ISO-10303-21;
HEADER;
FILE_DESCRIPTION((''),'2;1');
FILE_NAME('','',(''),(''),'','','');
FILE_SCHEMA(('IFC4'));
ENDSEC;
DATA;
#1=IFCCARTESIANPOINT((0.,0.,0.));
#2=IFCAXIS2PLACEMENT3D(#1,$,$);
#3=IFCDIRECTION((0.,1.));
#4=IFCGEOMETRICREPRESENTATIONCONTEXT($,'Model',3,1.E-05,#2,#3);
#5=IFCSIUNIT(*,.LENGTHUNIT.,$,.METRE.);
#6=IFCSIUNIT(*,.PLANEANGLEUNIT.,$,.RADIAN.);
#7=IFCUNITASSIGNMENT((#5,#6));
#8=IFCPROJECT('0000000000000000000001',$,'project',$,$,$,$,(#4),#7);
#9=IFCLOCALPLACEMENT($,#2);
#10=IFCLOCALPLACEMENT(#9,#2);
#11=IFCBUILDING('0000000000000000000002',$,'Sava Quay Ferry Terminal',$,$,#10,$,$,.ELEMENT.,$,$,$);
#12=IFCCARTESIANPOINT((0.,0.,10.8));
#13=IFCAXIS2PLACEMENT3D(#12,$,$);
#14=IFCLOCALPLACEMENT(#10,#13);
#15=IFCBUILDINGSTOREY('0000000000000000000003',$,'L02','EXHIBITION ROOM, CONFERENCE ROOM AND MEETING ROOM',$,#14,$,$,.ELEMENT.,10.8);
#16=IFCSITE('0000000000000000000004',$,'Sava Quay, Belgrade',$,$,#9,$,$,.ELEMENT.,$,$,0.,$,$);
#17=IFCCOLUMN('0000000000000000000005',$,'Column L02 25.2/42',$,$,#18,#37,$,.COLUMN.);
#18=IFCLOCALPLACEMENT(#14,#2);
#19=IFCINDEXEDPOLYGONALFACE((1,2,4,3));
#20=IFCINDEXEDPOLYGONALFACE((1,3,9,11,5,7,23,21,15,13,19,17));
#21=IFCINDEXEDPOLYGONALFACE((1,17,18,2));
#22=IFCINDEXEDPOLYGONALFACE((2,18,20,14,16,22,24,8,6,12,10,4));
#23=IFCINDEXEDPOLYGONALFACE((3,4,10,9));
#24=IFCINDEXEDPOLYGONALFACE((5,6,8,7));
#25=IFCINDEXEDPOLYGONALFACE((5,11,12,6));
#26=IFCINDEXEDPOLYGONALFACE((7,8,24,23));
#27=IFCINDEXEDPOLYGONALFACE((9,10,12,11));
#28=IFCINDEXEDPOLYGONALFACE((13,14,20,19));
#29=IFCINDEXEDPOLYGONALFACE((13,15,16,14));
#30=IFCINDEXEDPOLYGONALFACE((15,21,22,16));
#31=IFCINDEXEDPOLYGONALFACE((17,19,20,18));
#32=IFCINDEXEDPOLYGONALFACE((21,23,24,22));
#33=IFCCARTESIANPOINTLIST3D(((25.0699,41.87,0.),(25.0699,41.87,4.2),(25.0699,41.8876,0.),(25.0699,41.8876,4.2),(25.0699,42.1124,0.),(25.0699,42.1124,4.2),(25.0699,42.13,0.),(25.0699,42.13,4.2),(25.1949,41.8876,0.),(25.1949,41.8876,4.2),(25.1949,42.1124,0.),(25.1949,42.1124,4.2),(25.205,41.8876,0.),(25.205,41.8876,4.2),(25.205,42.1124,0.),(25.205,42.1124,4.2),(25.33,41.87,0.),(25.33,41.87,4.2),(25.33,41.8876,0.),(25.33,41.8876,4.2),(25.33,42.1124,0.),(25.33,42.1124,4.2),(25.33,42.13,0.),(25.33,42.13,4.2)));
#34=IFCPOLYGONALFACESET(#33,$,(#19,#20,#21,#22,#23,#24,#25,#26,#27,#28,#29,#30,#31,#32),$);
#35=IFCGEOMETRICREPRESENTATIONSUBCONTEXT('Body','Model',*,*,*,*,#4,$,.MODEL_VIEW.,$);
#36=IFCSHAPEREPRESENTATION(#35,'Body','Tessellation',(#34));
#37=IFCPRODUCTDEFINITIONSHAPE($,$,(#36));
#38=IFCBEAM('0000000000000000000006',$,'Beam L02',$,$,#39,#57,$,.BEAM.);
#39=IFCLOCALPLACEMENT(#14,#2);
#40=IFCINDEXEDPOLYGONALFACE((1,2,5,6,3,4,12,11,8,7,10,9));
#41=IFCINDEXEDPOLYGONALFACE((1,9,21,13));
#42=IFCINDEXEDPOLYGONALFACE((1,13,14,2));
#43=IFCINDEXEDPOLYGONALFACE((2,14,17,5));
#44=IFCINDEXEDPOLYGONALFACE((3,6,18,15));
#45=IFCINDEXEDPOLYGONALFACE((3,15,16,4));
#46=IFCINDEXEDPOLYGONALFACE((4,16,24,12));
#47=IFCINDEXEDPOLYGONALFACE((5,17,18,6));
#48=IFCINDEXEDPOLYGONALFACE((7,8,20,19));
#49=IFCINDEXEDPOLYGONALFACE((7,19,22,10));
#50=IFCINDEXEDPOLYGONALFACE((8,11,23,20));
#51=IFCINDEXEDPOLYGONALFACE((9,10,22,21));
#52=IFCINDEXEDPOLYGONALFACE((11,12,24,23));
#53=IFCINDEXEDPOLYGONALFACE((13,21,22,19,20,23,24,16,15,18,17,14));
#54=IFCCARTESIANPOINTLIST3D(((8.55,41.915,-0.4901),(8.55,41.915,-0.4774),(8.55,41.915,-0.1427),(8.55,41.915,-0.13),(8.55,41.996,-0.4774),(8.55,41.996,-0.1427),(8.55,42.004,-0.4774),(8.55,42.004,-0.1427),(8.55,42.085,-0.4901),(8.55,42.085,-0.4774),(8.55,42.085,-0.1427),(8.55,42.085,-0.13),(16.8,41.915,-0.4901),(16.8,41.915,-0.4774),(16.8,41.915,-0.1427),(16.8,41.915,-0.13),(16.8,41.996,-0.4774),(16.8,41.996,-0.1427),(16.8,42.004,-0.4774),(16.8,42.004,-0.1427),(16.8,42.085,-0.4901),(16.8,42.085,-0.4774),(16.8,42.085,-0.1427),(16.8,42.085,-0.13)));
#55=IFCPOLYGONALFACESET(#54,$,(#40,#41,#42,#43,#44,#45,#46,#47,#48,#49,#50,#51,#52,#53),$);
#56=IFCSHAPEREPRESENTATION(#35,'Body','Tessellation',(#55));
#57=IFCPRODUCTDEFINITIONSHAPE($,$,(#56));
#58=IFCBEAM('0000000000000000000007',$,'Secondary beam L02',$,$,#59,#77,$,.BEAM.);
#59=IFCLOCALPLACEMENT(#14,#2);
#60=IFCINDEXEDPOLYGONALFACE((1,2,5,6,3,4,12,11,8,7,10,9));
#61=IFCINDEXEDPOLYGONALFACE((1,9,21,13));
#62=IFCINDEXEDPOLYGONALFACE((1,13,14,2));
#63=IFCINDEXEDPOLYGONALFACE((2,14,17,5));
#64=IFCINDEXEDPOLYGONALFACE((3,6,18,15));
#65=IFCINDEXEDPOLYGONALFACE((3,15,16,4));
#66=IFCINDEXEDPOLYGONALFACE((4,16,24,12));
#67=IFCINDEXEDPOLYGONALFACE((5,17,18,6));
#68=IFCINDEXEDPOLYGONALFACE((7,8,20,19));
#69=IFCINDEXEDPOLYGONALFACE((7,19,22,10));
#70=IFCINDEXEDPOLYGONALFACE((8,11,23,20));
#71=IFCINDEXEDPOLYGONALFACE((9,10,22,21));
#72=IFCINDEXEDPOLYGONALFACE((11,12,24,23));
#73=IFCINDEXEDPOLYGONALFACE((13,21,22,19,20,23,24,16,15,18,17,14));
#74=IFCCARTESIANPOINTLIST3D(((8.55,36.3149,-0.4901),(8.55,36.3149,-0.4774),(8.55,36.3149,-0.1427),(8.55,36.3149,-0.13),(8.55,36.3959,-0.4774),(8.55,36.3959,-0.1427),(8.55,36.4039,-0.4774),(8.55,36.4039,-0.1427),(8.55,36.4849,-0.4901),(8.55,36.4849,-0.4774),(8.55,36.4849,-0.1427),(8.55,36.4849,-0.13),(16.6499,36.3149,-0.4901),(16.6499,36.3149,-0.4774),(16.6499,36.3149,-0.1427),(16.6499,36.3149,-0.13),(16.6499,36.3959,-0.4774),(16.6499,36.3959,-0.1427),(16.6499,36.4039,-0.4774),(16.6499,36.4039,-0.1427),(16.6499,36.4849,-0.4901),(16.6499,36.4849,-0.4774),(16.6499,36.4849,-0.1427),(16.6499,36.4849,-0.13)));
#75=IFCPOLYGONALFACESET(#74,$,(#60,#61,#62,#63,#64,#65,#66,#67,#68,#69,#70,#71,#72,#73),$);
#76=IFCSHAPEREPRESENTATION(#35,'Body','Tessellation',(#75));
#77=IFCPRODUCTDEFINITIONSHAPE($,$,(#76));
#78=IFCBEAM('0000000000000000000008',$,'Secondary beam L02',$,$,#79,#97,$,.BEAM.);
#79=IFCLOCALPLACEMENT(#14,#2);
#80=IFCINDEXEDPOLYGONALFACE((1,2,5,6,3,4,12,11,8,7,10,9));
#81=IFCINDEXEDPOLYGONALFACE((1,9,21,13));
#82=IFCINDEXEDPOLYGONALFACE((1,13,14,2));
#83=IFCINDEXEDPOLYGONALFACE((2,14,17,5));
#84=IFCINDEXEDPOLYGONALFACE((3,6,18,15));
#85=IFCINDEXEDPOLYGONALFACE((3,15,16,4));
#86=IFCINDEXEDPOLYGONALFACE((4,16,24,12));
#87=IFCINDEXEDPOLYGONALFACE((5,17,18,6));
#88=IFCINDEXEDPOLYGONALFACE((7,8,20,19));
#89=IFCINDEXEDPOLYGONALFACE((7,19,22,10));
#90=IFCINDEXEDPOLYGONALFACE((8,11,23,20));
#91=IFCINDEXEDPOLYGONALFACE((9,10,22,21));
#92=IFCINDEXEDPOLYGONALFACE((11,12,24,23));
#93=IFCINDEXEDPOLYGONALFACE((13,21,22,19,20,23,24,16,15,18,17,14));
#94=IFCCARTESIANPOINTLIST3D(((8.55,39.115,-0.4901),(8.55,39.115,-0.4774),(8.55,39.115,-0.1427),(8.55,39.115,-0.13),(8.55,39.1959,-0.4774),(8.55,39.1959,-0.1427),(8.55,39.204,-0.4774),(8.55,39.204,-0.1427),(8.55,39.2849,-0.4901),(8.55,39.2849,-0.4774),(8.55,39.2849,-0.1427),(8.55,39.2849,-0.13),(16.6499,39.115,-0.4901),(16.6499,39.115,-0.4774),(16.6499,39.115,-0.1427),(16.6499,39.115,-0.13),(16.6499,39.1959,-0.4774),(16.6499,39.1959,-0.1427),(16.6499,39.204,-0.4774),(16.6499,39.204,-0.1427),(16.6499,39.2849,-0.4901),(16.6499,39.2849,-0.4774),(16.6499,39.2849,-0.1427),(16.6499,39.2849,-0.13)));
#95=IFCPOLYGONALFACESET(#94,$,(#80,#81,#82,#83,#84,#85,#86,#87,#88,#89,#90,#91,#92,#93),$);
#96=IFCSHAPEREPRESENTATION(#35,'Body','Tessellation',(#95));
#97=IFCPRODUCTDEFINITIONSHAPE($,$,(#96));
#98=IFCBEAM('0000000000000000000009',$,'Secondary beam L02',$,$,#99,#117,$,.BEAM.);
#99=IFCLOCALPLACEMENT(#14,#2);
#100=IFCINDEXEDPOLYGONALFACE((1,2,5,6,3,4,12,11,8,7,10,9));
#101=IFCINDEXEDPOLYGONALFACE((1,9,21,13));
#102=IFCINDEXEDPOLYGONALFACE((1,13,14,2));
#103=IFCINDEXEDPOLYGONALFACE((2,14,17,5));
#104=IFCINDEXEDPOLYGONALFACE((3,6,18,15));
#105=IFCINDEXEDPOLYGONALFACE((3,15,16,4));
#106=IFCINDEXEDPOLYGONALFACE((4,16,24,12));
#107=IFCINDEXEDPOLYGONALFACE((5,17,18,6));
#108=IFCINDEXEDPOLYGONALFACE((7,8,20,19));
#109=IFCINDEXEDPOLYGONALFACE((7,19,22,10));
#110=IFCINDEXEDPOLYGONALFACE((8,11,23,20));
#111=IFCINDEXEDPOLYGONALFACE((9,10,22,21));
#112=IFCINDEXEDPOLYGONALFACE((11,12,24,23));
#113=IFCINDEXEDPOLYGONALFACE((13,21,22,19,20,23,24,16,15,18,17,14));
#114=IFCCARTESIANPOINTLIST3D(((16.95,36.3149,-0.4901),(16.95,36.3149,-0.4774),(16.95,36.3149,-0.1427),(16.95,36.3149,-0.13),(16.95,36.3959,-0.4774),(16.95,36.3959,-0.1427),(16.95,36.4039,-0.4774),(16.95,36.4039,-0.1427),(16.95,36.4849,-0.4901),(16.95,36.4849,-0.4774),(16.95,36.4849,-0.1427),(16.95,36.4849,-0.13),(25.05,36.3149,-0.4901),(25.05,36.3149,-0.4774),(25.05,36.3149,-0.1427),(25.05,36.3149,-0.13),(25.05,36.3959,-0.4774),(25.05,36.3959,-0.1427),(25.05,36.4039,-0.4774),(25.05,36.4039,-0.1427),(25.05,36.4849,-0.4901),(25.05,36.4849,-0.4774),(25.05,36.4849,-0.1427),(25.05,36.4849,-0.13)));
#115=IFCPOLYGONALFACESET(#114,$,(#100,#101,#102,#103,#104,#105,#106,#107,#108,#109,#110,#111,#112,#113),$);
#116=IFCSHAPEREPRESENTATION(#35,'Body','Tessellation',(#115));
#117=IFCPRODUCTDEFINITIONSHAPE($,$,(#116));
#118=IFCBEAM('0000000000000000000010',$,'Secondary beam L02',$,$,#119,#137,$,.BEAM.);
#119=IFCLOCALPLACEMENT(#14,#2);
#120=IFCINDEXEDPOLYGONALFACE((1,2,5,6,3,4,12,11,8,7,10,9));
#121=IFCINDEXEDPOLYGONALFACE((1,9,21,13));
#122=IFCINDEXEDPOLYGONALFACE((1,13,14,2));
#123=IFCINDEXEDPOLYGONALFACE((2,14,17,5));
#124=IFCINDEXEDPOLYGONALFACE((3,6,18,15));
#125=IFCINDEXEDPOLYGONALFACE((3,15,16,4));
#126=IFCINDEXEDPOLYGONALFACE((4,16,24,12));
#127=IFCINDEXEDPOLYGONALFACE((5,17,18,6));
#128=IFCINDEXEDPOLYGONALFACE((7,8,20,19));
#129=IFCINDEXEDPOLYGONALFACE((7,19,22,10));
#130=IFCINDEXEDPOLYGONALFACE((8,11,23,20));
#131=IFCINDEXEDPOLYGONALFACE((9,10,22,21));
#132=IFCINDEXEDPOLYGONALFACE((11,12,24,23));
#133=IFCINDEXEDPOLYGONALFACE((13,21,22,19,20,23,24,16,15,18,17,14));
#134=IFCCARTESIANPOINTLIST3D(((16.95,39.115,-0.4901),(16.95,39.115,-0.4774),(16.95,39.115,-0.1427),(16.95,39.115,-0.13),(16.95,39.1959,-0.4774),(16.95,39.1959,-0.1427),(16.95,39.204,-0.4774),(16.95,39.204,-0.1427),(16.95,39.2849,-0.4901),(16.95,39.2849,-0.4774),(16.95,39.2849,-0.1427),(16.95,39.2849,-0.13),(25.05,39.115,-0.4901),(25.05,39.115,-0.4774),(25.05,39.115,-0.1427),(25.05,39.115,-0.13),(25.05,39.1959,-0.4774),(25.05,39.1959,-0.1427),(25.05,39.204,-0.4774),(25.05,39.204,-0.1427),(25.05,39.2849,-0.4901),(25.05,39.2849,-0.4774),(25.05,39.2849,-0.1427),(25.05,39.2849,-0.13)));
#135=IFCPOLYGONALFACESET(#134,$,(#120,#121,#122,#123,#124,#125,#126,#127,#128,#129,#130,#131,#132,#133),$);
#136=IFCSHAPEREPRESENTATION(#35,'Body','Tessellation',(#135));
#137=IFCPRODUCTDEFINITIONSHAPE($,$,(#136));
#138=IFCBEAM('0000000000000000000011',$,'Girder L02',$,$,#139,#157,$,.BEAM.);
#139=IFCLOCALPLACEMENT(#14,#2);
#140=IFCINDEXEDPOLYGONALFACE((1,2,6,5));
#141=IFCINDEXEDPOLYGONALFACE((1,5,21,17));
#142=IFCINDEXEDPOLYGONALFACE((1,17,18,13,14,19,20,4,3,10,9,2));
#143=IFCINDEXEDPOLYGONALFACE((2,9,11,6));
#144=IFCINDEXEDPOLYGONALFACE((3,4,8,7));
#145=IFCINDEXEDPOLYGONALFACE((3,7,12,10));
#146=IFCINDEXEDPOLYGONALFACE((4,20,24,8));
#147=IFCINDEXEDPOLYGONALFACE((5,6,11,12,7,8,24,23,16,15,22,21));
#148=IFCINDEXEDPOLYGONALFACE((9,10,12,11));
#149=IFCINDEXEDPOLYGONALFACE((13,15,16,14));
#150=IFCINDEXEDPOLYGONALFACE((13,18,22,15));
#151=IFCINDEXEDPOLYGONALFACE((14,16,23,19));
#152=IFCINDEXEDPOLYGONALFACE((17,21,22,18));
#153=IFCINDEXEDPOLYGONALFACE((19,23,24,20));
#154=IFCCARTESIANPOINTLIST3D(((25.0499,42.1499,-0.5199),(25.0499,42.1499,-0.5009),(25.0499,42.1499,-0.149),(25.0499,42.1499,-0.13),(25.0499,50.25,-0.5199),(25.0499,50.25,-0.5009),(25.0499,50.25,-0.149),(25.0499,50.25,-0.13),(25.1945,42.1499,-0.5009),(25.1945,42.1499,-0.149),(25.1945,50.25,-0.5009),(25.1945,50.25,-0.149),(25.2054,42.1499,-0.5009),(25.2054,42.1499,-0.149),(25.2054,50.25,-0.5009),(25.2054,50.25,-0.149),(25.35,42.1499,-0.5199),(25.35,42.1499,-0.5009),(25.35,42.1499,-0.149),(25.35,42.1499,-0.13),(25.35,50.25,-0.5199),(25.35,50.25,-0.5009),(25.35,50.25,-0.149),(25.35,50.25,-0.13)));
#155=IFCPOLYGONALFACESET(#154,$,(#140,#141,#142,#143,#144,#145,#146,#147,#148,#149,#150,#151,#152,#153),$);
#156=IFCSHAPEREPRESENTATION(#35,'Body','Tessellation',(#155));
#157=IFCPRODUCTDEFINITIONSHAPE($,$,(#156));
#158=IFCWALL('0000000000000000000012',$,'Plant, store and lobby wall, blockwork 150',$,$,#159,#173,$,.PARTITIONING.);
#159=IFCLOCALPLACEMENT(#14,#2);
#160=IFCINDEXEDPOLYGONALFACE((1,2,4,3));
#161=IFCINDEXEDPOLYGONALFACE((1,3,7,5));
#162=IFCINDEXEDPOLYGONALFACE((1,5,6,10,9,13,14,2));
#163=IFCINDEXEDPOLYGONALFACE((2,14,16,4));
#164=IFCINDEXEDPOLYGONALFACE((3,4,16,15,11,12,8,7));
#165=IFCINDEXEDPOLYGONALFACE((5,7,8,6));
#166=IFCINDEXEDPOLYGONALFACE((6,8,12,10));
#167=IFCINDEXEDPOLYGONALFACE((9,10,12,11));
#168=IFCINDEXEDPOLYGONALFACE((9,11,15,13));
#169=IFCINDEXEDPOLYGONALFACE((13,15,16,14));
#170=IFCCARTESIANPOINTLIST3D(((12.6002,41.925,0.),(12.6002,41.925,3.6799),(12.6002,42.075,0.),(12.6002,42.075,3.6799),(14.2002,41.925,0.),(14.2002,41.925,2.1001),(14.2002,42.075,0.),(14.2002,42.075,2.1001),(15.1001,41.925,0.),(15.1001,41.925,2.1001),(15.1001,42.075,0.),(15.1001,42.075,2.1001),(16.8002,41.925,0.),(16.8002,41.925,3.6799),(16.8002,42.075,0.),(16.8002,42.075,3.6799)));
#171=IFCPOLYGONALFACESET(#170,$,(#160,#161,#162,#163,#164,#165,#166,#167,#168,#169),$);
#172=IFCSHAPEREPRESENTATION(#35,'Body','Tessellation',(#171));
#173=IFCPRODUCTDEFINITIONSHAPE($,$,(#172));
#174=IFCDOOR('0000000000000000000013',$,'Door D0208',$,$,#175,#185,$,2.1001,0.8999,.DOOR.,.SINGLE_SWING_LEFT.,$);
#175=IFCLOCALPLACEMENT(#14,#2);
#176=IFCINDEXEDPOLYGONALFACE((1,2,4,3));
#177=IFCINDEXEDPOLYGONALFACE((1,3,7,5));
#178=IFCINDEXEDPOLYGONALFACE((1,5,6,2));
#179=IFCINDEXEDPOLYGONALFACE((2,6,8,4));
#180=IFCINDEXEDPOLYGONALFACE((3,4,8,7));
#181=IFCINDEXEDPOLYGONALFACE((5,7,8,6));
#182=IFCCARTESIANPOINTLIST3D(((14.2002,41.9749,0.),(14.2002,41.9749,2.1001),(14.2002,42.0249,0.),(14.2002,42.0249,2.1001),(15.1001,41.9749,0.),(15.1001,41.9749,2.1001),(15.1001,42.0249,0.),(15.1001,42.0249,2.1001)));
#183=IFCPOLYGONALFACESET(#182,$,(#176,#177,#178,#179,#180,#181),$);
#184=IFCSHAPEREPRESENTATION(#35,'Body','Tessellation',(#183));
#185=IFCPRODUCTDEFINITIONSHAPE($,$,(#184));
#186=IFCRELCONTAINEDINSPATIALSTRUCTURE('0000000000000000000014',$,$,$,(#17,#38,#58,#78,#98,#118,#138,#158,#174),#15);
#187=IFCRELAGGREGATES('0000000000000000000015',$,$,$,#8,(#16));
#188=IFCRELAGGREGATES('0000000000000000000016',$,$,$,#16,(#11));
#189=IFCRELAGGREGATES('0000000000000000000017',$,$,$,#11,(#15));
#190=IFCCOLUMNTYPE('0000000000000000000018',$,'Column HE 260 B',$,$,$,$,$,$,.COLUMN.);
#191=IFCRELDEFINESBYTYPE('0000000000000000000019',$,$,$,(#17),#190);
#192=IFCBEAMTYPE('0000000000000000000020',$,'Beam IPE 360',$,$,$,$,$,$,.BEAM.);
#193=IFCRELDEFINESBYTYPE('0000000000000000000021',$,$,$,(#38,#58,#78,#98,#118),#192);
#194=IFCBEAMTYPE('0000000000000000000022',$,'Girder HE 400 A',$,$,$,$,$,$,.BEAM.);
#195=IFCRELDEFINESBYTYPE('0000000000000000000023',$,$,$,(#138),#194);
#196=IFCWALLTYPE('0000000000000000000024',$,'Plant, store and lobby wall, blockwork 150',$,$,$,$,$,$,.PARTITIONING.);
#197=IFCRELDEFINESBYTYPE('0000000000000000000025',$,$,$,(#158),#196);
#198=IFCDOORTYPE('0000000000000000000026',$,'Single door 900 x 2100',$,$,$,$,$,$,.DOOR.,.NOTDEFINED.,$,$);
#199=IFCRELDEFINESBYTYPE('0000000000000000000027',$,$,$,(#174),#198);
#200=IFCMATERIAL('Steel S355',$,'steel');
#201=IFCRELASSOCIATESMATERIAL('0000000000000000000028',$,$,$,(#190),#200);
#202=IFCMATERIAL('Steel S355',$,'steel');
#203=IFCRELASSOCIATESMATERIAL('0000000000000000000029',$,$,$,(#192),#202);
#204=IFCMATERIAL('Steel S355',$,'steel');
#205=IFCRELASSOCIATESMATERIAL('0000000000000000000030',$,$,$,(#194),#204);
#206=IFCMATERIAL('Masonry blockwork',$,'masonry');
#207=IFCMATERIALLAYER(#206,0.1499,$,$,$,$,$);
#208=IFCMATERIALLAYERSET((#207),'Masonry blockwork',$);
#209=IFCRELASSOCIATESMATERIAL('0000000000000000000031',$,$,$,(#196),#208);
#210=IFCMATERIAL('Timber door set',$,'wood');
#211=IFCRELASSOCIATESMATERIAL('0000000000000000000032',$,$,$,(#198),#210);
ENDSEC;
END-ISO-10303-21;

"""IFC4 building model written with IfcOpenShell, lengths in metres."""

from ifc_helpers import new_model, si_unit, direction, frame, frame_2d, origin, origin_2d, place, context, subcontext, project, spatial, rectangle, i_section, extrude, material, layer, layer_set, material_profile, profile_set, type_object, element, fill, save


model = new_model("IFC4")

# Units and contexts
model_context = context("Model", 3, precision=1e-05, world=origin(), true_north=direction((0.0, 1.0)))
body_context = subcontext(model_context, "Body", "Model", "MODEL_VIEW")
ifc_project = project(units=[si_unit("LENGTHUNIT", "METRE"), si_unit("PLANEANGLEUNIT", "RADIAN")], contexts=[model_context])

# Site, building, storey
site_placement = place(None, origin())
site = spatial("IfcSite", under=ifc_project, at=site_placement, Name="Sava Quay, Belgrade", CompositionType="ELEMENT", RefElevation=0.0)
building_placement = place(site_placement, origin())
building = spatial("IfcBuilding", under=site, at=building_placement, Name="Sava Quay Ferry Terminal", CompositionType="ELEMENT")
storey_placement = place(building_placement, frame((0.0, 0.0, 10.8)))
storey = spatial("IfcBuildingStorey", under=building, at=storey_placement, Name="L02", Description="EXHIBITION ROOM, CONFERENCE ROOM AND MEETING ROOM", CompositionType="ELEMENT", Elevation=10.8)

# Column
ifc_material_1 = material(Name="Steel S355", Category="steel")
ifc_material_profile_1 = material_profile(ifc_material_1, i_section(OverallWidth=0.26, OverallDepth=0.26, WebThickness=0.01, FlangeThickness=0.0176, at=origin_2d()), Name="HE 260 B")
ifc_profile_set_1 = profile_set([ifc_material_profile_1], Name="Steel S355")
column_type = type_object("IfcColumnType", Name="Column HE 260 B", PredefinedType="COLUMN", material=ifc_profile_set_1)
column_placement = place(storey_placement, frame((25.2, 42.0, 0.0), z_axis=(0.0, 0.0, 1.0), x_axis=(1.0, 0.0, 0.0)))
element("IfcColumn", 1, at=column_placement, inside=storey, type_object=column_type, Name="Column L02 25.2/42", PredefinedType="COLUMN", context=body_context, shape_type="SweptSolid", body=[
    extrude(i_section(OverallWidth=0.26, OverallDepth=0.26, WebThickness=0.01, FlangeThickness=0.0176, at=origin_2d()), origin(), (0.0, 0.0, 1.0), 4.2),
])

# Beams
ifc_material_2 = material(Name="Steel S355", Category="steel")
ifc_material_profile_2 = material_profile(ifc_material_2, i_section(OverallWidth=0.1699, OverallDepth=0.3601, WebThickness=0.0081, FlangeThickness=0.0127, at=origin_2d()), Name="IPE 360")
ifc_profile_set_2 = profile_set([ifc_material_profile_2], Name="Steel S355")
beam_type_1 = type_object("IfcBeamType", Name="Beam IPE 360", PredefinedType="BEAM", material=ifc_profile_set_2)
beam_1_placement = place(storey_placement, frame((8.55, 42.0, -0.3101), z_axis=(1.0, 0.0, 0.0), x_axis=(0.0, 1.0, 0.0)))
element("IfcBeam", 2, at=beam_1_placement, inside=storey, type_object=beam_type_1, Name="Beam L02", PredefinedType="BEAM", context=body_context, shape_type="SweptSolid", body=[
    extrude(i_section(OverallWidth=0.1699, OverallDepth=0.3601, WebThickness=0.0081, FlangeThickness=0.0127, at=origin_2d()), origin(), (0.0, 0.0, 1.0), 8.25),
])
for number, where, z_axis, x_axis, name in (
    (3, (8.55, 36.3999, -0.3101), (1.0, 0.0, 0.0), (0.0, 1.0, 0.0), "Secondary beam L02"),
    (4, (8.55, 39.2, -0.3101), (1.0, 0.0, 0.0), (0.0, 1.0, 0.0), "Secondary beam L02"),
):
    element("IfcBeam", number, at=place(storey_placement, frame(where, z_axis=z_axis, x_axis=x_axis)), inside=storey, type_object=beam_type_1, Name=name, PredefinedType="BEAM", context=body_context, shape_type="SweptSolid", body=[
        extrude(i_section(OverallWidth=0.1699, OverallDepth=0.3601, WebThickness=0.0081, FlangeThickness=0.0127, at=origin_2d()), origin(), (0.0, 0.0, 1.0), 8.0999),
    ])
for number, where, z_axis, x_axis, name in (
    (5, (16.95, 36.3999, -0.3101), (1.0, 0.0, 0.0), (0.0, 1.0, 0.0), "Secondary beam L02"),
    (6, (16.95, 39.2, -0.3101), (1.0, 0.0, 0.0), (0.0, 1.0, 0.0), "Secondary beam L02"),
):
    element("IfcBeam", number, at=place(storey_placement, frame(where, z_axis=z_axis, x_axis=x_axis)), inside=storey, type_object=beam_type_1, Name=name, PredefinedType="BEAM", context=body_context, shape_type="SweptSolid", body=[
        extrude(i_section(OverallWidth=0.1699, OverallDepth=0.3601, WebThickness=0.0081, FlangeThickness=0.0127, at=origin_2d()), origin(), (0.0, 0.0, 1.0), 8.1001),
    ])
ifc_material_3 = material(Name="Steel S355", Category="steel")
ifc_material_profile_3 = material_profile(ifc_material_3, i_section(OverallWidth=0.3, OverallDepth=0.3899, WebThickness=0.011, FlangeThickness=0.019, at=origin_2d()), Name="HE 400 A")
ifc_profile_set_3 = profile_set([ifc_material_profile_3], Name="Steel S355")
beam_type_2 = type_object("IfcBeamType", Name="Girder HE 400 A", PredefinedType="BEAM", material=ifc_profile_set_3)
beam_2_placement = place(storey_placement, frame((25.2, 42.1499, -0.325), z_axis=(0.0, 1.0, 0.0), x_axis=(-1.0, 0.0, 0.0)))
element("IfcBeam", 7, at=beam_2_placement, inside=storey, type_object=beam_type_2, Name="Girder L02", PredefinedType="BEAM", context=body_context, shape_type="SweptSolid", body=[
    extrude(i_section(OverallWidth=0.3, OverallDepth=0.3899, WebThickness=0.011, FlangeThickness=0.019, at=origin_2d()), origin(), (0.0, 0.0, 1.0), 8.1001),
])

# Wall, opening, door
ifc_material_4 = material(Name="Masonry blockwork", Category="masonry")
ifc_layer_1 = layer(ifc_material_4, 0.1499)
ifc_layer_set_1 = layer_set([ifc_layer_1], Name="Masonry blockwork")
wall_type_1 = type_object("IfcWallType", Name="Plant, store and lobby wall, blockwork 150", PredefinedType="PARTITIONING", material=ifc_layer_set_1)
wall_1_placement = place(storey_placement, frame((12.6001, 42.0, 0.0), z_axis=(0.0, 0.0, 1.0), x_axis=(1.0, 0.0, 0.0)))
wall_1 = element("IfcWall", 8, at=wall_1_placement, inside=storey, type_object=wall_type_1, Name="Plant, store and lobby wall, blockwork 150", PredefinedType="PARTITIONING", context=body_context, shape_type="SweptSolid", body=[
    extrude(rectangle(XDim=4.2, YDim=0.1499, at=frame_2d((2.1001, 0.0))), origin(), (0.0, 0.0, 1.0), 3.6799),
])
opening_1_placement = place(wall_1_placement, frame((1.6001, 0.0, 0.0)))
opening_1 = element("IfcOpeningElement", 9, at=opening_1_placement, cuts=wall_1, PredefinedType="OPENING", context=body_context, shape_type="SweptSolid", body=[
    extrude(rectangle(XDim=0.8999, YDim=2.1001, at=frame_2d((0.45, 1.05))), frame((0.0, 0.075, 0.0), z_axis=(0.0, -1.0, 0.0), x_axis=(1.0, 0.0, 0.0)), (0.0, 0.0, 1.0), 0.1499),
])
ifc_material_5 = material(Name="Timber door set", Category="wood")
door_type_1 = type_object("IfcDoorType", Name="Single door 900 x 2100", OperationType="NOTDEFINED", PredefinedType="DOOR", material=ifc_material_5)
door_1_placement = place(opening_1_placement, origin())
door_1 = element("IfcDoor", 10, at=door_1_placement, inside=storey, type_object=door_type_1, Name="Door D0208", OperationType="SINGLE_SWING_LEFT", OverallHeight=2.1001, OverallWidth=0.8999, PredefinedType="DOOR", context=body_context, shape_type="SweptSolid", body=[
    extrude(rectangle(XDim=0.8999, YDim=2.1001, at=frame_2d((0.45, 1.05))), frame((0.0, 0.0249, 0.0), z_axis=(0.0, -1.0, 0.0), x_axis=(1.0, 0.0, 0.0)), (0.0, 0.0, 1.0), 0.05),
])
fill(opening_1, door_1)

save(model, "model.ifc")
